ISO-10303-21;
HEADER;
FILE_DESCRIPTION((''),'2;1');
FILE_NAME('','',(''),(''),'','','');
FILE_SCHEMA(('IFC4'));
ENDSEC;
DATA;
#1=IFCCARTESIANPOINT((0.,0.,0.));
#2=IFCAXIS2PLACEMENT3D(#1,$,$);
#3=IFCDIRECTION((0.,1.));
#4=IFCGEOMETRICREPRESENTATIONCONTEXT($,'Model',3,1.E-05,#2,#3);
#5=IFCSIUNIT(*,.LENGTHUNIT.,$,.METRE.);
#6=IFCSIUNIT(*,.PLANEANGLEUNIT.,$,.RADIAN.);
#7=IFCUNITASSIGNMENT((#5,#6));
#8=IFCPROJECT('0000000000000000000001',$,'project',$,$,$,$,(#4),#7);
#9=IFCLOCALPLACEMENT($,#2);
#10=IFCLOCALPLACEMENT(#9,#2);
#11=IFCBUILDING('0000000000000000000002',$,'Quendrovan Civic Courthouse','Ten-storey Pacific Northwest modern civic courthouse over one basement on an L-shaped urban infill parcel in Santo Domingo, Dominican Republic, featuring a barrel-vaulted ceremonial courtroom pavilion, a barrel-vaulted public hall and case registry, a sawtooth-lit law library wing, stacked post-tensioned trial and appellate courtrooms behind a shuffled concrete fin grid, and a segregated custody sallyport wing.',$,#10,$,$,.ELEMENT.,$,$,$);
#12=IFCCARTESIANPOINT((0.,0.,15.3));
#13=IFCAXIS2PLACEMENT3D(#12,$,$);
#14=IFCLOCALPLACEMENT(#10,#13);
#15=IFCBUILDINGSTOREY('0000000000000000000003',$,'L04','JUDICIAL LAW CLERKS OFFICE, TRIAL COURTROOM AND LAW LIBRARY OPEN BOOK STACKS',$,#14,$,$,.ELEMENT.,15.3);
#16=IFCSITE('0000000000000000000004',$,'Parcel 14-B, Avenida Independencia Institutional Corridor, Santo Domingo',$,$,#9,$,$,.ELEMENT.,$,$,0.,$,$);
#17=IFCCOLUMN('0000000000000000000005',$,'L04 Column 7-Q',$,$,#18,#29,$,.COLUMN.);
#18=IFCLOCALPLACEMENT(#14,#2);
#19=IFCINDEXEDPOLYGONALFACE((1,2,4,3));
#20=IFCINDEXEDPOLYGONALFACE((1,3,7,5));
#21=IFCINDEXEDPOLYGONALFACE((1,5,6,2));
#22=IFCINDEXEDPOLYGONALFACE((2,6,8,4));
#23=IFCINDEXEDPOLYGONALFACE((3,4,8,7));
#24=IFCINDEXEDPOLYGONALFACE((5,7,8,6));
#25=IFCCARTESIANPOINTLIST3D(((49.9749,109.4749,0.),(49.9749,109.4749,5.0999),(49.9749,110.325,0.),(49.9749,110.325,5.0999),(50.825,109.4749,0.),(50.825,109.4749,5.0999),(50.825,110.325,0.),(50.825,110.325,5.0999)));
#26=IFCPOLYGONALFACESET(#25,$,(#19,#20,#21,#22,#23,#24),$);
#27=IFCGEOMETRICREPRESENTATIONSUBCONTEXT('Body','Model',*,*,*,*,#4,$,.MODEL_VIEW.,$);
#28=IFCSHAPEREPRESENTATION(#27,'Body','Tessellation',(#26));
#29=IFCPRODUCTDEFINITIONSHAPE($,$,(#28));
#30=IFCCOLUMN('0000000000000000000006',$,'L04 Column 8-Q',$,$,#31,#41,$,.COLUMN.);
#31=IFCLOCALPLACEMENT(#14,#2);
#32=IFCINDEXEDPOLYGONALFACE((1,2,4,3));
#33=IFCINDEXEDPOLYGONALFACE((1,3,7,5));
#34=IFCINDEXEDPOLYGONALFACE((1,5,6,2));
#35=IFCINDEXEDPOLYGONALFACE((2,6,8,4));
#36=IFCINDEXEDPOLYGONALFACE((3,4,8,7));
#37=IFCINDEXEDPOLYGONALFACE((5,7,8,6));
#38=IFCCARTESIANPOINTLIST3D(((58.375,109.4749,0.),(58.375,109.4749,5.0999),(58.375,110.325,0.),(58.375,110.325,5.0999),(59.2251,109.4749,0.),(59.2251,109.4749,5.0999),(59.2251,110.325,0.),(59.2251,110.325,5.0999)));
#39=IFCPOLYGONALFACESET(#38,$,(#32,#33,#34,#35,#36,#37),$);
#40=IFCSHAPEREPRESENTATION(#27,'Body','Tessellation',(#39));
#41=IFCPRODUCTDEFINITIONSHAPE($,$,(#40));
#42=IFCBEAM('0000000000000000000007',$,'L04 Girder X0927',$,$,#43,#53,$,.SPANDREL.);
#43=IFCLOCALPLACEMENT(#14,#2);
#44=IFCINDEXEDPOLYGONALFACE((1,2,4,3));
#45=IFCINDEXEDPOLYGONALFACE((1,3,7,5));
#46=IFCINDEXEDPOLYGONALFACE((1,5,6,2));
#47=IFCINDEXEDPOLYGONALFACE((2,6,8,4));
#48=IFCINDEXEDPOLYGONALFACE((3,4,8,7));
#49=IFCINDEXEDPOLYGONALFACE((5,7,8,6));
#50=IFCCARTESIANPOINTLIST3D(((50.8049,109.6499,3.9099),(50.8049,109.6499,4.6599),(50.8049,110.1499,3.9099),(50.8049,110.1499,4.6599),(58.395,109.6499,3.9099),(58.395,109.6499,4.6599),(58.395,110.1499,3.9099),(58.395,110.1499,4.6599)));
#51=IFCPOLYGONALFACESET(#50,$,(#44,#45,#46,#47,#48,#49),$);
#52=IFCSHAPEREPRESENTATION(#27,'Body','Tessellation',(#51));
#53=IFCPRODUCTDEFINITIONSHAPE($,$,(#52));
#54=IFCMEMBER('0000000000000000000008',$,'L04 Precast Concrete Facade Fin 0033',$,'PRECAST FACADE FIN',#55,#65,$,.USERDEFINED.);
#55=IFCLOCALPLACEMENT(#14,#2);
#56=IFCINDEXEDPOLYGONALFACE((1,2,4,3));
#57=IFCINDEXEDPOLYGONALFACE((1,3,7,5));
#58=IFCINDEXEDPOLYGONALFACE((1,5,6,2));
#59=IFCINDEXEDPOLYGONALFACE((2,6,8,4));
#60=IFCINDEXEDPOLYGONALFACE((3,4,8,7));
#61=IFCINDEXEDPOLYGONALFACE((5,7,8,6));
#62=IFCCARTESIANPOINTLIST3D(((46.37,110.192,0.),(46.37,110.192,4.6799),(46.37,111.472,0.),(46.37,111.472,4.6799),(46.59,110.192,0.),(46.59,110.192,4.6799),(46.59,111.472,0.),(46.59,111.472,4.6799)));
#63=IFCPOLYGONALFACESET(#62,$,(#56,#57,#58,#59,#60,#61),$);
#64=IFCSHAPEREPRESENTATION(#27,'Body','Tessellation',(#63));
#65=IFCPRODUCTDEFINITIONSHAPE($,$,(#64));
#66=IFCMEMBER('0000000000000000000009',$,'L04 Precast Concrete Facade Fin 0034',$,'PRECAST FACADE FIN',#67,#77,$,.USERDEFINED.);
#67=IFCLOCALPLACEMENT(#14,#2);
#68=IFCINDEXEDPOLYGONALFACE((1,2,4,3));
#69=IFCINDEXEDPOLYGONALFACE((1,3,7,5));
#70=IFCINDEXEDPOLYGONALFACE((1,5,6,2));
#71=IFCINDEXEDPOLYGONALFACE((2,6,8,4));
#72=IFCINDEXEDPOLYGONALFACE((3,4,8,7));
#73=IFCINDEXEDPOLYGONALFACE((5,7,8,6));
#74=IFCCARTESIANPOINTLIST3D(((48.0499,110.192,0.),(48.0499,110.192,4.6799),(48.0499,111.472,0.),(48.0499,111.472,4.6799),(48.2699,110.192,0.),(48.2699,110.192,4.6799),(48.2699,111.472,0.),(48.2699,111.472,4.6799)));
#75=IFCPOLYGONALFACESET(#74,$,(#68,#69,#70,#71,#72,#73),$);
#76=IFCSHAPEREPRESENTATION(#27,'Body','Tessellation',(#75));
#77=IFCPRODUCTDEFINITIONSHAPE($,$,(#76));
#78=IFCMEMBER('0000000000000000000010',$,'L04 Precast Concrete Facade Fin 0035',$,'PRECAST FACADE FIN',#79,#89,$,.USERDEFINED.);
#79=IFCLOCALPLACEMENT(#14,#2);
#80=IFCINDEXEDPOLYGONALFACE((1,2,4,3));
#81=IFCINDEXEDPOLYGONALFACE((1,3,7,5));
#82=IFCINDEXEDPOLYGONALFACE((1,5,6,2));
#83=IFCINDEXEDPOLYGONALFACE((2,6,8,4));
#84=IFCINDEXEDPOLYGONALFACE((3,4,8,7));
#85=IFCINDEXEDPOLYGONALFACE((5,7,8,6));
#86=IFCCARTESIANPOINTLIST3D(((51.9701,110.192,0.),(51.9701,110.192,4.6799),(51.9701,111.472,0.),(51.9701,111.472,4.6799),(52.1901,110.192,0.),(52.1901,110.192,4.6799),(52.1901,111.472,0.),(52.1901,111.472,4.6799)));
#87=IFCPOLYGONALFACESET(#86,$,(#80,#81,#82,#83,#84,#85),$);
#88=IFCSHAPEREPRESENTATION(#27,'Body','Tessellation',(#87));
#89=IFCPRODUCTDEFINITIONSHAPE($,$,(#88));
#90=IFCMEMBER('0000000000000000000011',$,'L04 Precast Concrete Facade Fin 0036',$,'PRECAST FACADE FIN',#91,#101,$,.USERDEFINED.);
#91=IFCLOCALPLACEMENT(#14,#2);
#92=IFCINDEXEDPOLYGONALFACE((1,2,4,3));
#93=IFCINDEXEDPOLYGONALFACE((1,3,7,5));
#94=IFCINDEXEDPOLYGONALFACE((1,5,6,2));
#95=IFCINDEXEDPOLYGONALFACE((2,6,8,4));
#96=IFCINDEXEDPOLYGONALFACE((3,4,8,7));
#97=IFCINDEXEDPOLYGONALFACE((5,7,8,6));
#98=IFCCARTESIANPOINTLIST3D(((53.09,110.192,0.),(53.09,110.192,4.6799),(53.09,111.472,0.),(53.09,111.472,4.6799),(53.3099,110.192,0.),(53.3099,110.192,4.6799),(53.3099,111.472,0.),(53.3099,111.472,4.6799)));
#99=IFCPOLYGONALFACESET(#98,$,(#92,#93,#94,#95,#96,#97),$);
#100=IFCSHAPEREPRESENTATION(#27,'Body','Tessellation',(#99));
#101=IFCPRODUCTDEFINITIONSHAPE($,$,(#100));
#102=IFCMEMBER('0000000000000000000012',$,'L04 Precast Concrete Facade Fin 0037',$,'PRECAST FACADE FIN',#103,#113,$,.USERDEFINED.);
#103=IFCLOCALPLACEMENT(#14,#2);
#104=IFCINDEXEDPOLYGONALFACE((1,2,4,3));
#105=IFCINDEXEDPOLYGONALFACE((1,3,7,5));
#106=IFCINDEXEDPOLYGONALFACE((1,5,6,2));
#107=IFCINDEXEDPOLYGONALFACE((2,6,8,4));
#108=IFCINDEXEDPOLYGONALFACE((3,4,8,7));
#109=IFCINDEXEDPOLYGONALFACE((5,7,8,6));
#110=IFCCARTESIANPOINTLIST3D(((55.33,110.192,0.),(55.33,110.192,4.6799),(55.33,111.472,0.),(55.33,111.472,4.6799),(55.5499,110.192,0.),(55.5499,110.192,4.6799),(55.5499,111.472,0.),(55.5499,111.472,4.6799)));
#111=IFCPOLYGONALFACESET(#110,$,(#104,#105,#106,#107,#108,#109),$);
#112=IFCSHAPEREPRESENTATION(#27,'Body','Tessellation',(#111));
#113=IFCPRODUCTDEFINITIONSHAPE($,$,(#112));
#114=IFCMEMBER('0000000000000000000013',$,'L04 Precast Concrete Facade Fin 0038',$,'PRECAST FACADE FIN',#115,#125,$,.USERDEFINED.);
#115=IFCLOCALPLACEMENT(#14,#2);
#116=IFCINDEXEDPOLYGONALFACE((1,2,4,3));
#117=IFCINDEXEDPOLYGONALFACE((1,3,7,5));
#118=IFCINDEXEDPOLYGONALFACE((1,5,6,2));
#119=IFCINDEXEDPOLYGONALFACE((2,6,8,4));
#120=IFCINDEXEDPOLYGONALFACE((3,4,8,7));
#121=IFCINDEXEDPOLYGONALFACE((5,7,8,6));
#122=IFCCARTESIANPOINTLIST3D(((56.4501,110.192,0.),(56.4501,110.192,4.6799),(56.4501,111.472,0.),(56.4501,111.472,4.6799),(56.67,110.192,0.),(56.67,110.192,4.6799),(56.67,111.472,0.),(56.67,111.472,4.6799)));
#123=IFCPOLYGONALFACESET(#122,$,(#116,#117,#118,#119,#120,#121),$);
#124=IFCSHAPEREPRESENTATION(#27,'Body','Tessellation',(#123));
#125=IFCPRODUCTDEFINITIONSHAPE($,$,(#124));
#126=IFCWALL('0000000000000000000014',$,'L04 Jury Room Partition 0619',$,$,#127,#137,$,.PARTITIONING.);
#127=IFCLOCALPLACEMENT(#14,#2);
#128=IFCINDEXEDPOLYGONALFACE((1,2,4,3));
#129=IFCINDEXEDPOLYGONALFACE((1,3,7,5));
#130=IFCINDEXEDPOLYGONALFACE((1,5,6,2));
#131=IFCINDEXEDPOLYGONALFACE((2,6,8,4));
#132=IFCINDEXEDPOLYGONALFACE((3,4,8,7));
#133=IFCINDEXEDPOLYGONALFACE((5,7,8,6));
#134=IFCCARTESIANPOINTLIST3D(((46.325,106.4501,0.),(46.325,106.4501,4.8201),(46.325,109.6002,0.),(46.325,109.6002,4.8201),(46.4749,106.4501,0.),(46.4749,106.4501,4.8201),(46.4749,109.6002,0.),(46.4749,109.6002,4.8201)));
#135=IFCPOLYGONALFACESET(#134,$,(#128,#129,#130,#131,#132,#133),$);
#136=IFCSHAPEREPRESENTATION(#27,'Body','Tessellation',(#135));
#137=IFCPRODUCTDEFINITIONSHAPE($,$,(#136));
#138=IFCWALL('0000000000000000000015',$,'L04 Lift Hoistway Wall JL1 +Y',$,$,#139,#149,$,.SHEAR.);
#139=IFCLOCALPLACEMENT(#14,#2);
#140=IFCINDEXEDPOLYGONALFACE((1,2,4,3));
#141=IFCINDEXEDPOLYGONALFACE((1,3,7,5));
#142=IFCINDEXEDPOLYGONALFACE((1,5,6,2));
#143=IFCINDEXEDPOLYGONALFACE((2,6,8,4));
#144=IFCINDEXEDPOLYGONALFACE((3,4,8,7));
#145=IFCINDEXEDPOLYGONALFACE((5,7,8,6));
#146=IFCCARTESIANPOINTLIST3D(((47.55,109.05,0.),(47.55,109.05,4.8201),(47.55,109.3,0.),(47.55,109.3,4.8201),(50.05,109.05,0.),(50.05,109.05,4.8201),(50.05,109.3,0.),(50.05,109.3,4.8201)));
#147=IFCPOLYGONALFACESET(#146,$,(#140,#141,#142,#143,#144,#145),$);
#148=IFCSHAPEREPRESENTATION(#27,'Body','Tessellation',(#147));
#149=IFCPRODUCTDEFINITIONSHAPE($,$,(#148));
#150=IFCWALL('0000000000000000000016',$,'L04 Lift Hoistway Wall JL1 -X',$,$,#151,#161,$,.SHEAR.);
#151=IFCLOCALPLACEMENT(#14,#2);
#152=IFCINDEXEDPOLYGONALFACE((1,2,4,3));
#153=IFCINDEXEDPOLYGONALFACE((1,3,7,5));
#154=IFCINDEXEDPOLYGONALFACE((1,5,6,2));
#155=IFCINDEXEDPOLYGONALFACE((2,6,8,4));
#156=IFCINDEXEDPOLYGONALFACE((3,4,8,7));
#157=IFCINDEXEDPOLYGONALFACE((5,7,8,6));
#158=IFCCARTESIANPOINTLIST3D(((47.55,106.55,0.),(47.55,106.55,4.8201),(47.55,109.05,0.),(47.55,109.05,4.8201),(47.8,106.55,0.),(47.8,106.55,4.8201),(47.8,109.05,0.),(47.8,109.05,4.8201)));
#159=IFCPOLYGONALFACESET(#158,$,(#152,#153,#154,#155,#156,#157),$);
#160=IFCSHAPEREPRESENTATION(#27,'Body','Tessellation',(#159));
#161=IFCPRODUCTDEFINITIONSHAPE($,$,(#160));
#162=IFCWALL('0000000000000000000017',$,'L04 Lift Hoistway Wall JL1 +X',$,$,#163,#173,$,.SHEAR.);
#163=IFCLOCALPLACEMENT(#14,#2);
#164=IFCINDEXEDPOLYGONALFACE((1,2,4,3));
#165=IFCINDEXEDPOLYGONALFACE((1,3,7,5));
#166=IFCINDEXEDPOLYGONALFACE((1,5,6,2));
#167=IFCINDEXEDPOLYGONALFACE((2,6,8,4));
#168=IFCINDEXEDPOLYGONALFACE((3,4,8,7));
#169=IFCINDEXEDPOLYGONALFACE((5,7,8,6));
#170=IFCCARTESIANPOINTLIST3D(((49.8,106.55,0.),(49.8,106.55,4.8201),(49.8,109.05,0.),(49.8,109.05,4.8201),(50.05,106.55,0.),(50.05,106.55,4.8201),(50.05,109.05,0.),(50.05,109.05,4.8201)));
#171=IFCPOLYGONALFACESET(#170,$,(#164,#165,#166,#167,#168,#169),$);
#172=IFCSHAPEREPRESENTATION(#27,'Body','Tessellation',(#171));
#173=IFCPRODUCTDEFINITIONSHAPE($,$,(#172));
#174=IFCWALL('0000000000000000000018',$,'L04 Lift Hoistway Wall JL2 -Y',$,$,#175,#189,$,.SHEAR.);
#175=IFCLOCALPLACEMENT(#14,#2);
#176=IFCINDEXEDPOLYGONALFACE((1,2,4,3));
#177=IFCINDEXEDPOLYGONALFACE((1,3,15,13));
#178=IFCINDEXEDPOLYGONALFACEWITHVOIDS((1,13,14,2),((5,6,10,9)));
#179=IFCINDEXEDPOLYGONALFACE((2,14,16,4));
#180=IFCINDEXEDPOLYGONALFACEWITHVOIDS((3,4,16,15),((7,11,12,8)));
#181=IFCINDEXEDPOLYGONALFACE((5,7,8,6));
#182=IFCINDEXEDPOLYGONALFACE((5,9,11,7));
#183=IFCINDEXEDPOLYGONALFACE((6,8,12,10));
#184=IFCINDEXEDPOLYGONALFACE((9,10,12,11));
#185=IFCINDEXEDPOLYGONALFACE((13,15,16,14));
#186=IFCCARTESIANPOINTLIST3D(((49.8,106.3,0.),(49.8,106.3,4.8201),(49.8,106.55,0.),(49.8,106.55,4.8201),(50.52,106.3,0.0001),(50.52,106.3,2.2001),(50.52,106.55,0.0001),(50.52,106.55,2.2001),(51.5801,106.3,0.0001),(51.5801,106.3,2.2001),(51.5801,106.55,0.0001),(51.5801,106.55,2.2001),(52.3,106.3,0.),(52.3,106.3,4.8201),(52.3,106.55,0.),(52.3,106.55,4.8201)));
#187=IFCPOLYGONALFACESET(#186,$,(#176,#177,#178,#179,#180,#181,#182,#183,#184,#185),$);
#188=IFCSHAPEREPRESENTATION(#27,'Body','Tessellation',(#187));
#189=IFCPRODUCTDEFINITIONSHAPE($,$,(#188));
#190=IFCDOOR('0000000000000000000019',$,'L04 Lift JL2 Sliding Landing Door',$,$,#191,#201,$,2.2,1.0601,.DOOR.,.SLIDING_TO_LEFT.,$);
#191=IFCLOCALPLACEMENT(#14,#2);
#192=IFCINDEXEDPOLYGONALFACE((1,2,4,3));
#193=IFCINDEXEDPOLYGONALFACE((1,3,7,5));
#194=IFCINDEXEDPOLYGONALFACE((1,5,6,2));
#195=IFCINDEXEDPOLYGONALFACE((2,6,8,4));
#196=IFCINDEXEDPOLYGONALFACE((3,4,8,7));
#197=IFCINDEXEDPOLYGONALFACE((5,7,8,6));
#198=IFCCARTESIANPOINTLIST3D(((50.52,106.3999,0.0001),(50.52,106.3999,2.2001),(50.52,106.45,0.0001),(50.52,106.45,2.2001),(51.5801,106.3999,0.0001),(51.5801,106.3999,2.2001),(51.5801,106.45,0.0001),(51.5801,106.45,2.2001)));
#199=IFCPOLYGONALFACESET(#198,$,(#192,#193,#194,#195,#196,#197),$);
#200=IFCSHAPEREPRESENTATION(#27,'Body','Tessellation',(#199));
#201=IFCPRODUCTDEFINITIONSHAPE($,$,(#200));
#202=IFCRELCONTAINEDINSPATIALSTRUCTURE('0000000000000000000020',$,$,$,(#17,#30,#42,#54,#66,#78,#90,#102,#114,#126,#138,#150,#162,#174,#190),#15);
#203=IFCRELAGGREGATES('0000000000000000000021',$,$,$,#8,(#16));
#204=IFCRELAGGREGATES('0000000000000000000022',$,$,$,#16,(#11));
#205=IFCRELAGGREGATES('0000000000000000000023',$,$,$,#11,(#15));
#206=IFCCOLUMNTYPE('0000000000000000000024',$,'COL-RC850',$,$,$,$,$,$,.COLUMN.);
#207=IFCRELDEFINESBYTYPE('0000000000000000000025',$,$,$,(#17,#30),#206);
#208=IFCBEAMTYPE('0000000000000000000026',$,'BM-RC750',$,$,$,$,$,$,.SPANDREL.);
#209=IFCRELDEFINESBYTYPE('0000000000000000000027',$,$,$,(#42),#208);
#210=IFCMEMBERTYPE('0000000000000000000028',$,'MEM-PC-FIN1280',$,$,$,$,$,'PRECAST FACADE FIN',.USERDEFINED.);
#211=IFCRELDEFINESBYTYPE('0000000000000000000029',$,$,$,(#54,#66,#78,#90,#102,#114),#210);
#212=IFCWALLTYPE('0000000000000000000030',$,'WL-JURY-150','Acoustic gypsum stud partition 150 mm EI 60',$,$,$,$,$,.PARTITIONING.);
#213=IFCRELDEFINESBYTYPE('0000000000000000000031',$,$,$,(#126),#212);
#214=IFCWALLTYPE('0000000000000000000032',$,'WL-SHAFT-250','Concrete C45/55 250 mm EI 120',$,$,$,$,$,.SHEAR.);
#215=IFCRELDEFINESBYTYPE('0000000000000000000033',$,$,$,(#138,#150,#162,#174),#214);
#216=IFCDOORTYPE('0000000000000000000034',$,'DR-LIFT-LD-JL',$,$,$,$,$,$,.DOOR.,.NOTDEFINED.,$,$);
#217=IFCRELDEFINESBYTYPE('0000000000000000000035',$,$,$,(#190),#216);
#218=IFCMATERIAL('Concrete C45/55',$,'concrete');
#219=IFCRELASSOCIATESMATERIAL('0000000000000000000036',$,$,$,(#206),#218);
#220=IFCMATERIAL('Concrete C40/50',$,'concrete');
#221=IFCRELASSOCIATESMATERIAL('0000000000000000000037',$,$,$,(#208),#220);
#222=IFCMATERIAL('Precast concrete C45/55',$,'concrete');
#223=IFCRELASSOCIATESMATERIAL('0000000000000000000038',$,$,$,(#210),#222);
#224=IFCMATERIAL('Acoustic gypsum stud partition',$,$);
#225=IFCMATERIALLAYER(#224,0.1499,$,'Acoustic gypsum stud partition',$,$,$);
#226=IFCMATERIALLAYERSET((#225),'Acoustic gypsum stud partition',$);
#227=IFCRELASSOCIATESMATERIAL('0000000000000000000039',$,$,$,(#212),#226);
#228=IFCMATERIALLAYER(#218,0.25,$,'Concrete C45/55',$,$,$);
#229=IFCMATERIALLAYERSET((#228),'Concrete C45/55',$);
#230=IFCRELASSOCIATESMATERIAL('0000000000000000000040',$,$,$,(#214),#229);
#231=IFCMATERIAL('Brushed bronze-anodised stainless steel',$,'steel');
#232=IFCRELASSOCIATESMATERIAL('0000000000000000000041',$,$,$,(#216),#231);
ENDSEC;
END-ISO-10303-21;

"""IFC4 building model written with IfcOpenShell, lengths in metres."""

from ifc_helpers import new_model, si_unit, direction, frame, frame_2d, origin, origin_2d, place, context, subcontext, project, spatial, rectangle, extrude, material, layer, layer_set, material_profile, profile_set, type_object, element, fill, save


model = new_model("IFC4")

# Units and contexts
model_context = context("Model", 3, precision=1e-05, world=origin(), true_north=direction((0.0, 1.0)))
body_context = subcontext(model_context, "Body", "Model", "MODEL_VIEW")
ifc_project = project(units=[si_unit("LENGTHUNIT", "METRE"), si_unit("PLANEANGLEUNIT", "RADIAN")], contexts=[model_context])

# Site, building, storey
site_placement = place(None, origin())
site = spatial("IfcSite", under=ifc_project, at=site_placement, Name="Parcel 14-B, Avenida Independencia Institutional Corridor, Santo Domingo", CompositionType="ELEMENT", RefElevation=0.0)
building_placement = place(site_placement, origin())
building = spatial("IfcBuilding", under=site, at=building_placement, Name="Quendrovan Civic Courthouse", Description="Ten-storey Pacific Northwest modern civic courthouse over one basement on an L-shaped urban infill parcel in Santo Domingo, Dominican Republic, featuring a barrel-vaulted ceremonial courtroom pavilion, a barrel-vaulted public hall and case registry, a sawtooth-lit law library wing, stacked post-tensioned trial and appellate courtrooms behind a shuffled concrete fin grid, and a segregated custody sallyport wing.", CompositionType="ELEMENT")
storey_placement = place(building_placement, frame((0.0, 0.0, 15.3)))
storey = spatial("IfcBuildingStorey", under=building, at=storey_placement, Name="L04", Description="JUDICIAL LAW CLERKS OFFICE, TRIAL COURTROOM AND LAW LIBRARY OPEN BOOK STACKS", CompositionType="ELEMENT", Elevation=15.3)

# Columns
ifc_material_1 = material(Name="Concrete C45/55", Category="concrete")
ifc_material_profile_1 = material_profile(ifc_material_1, rectangle(XDim=0.8501, YDim=0.8501, at=origin_2d()), Name="RC-COL-850x850")
ifc_profile_set_1 = profile_set([ifc_material_profile_1], Name="Concrete C45/55")
column_type = type_object("IfcColumnType", Name="COL-RC850", PredefinedType="COLUMN", material=ifc_profile_set_1)
for number, where, z_axis, x_axis, name in (
    (1, (50.3999, 109.8999, 0.0), (0.0, 0.0, 1.0), (1.0, 0.0, 0.0), "L04 Column 7-Q"),
    (2, (58.8, 109.8999, 0.0), (0.0, 0.0, 1.0), (1.0, 0.0, 0.0), "L04 Column 8-Q"),
):
    element("IfcColumn", number, at=place(storey_placement, frame(where, z_axis=z_axis, x_axis=x_axis)), inside=storey, type_object=column_type, Name=name, PredefinedType="COLUMN", context=body_context, shape_type="SweptSolid", body=[
        extrude(rectangle(XDim=0.8501, YDim=0.8501, at=origin_2d()), origin(), (0.0, 0.0, 1.0), 5.0999),
    ])

# Beam
ifc_material_2 = material(Name="Concrete C40/50", Category="concrete")
ifc_material_profile_2 = material_profile(ifc_material_2, rectangle(XDim=0.5, YDim=0.75, at=origin_2d()), Name="RC-BM-500x750")
ifc_profile_set_2 = profile_set([ifc_material_profile_2], Name="Concrete C40/50")
beam_type = type_object("IfcBeamType", Name="BM-RC750", PredefinedType="SPANDREL", material=ifc_profile_set_2)
beam_placement = place(storey_placement, frame((50.8049, 109.8999, 4.2849), z_axis=(1.0, 0.0, 0.0), x_axis=(0.0, 1.0, 0.0)))
element("IfcBeam", 3, at=beam_placement, inside=storey, type_object=beam_type, Name="L04 Girder X0927", PredefinedType="SPANDREL", context=body_context, shape_type="SweptSolid", body=[
    extrude(rectangle(XDim=0.5, YDim=0.75, at=origin_2d()), origin(), (0.0, 0.0, 1.0), 7.5901),
])

# Members
ifc_material_3 = material(Name="Precast concrete C45/55", Category="concrete")
ifc_material_profile_3 = material_profile(ifc_material_3, rectangle(XDim=0.22, YDim=1.28, at=origin_2d()), Name="PC-FIN-220x1280")
ifc_profile_set_3 = profile_set([ifc_material_profile_3], Name="Precast concrete C45/55")
member_type = type_object("IfcMemberType", Name="MEM-PC-FIN1280", ElementType="PRECAST FACADE FIN", PredefinedType="USERDEFINED", material=ifc_profile_set_3)
for number, where, z_axis, x_axis, name in (
    (4, (46.48, 110.832, 0.0), (0.0, 0.0, 1.0), (1.0, 0.0, 0.0), "L04 Precast Concrete Facade Fin 0033"),
    (5, (48.1599, 110.832, 0.0), (0.0, 0.0, 1.0), (1.0, 0.0, 0.0), "L04 Precast Concrete Facade Fin 0034"),
    (6, (52.0801, 110.832, 0.0), (0.0, 0.0, 1.0), (1.0, 0.0, 0.0), "L04 Precast Concrete Facade Fin 0035"),
    (7, (53.2, 110.832, 0.0), (0.0, 0.0, 1.0), (1.0, 0.0, 0.0), "L04 Precast Concrete Facade Fin 0036"),
    (8, (55.4399, 110.832, 0.0), (0.0, 0.0, 1.0), (1.0, 0.0, 0.0), "L04 Precast Concrete Facade Fin 0037"),
    (9, (56.5601, 110.832, 0.0), (0.0, 0.0, 1.0), (1.0, 0.0, 0.0), "L04 Precast Concrete Facade Fin 0038"),
):
    element("IfcMember", number, at=place(storey_placement, frame(where, z_axis=z_axis, x_axis=x_axis)), inside=storey, type_object=member_type, Name=name, ObjectType="PRECAST FACADE FIN", PredefinedType="USERDEFINED", context=body_context, shape_type="SweptSolid", body=[
        extrude(rectangle(XDim=0.22, YDim=1.28, at=origin_2d()), origin(), (0.0, 0.0, 1.0), 4.6799),
    ])

# Walls
ifc_material_4 = material(Name="Acoustic gypsum stud partition")
ifc_layer_1 = layer(ifc_material_4, 0.1499, Name="Acoustic gypsum stud partition")
ifc_layer_set_1 = layer_set([ifc_layer_1], Name="Acoustic gypsum stud partition")
wall_type_1 = type_object("IfcWallType", Name="WL-JURY-150", Description="Acoustic gypsum stud partition 150 mm EI 60", PredefinedType="PARTITIONING", material=ifc_layer_set_1)
wall_1_placement = place(storey_placement, frame((46.3999, 106.45, 0.0), z_axis=(0.0, 0.0, 1.0), x_axis=(0.0, 1.0, 0.0)))
element("IfcWall", 10, at=wall_1_placement, inside=storey, type_object=wall_type_1, Name="L04 Jury Room Partition 0619", PredefinedType="PARTITIONING", context=body_context, shape_type="SweptSolid", body=[
    extrude(rectangle(XDim=3.1501, YDim=0.1499, at=frame_2d((1.5752, 0.0))), origin(), (0.0, 0.0, 1.0), 4.8201),
])
ifc_layer_2 = layer(ifc_material_1, 0.25, Name="Concrete C45/55")
ifc_layer_set_2 = layer_set([ifc_layer_2], Name="Concrete C45/55")
wall_type_2 = type_object("IfcWallType", Name="WL-SHAFT-250", Description="Concrete C45/55 250 mm EI 120", PredefinedType="SHEAR", material=ifc_layer_set_2)
for number, where, z_axis, x_axis, name in (
    (11, (50.05, 109.175, 0.0), (0.0, 0.0, 1.0), (-1.0, 0.0, 0.0), "L04 Lift Hoistway Wall JL1 +Y"),
    (12, (47.675, 106.55, 0.0), (0.0, 0.0, 1.0), (0.0, 1.0, 0.0), "L04 Lift Hoistway Wall JL1 -X"),
    (13, (49.925, 109.05, 0.0), (0.0, 0.0, 1.0), (0.0, -1.0, 0.0), "L04 Lift Hoistway Wall JL1 +X"),
):
    element("IfcWall", number, at=place(storey_placement, frame(where, z_axis=z_axis, x_axis=x_axis)), inside=storey, type_object=wall_type_2, Name=name, PredefinedType="SHEAR", context=body_context, shape_type="SweptSolid", body=[
        extrude(rectangle(XDim=2.5, YDim=0.25, at=frame_2d((1.25, 0.0))), origin(), (0.0, 0.0, 1.0), 4.8201),
    ])

# Wall, opening, door
wall_2_placement = place(storey_placement, frame((49.8, 106.425, 0.0), z_axis=(0.0, 0.0, 1.0), x_axis=(1.0, 0.0, 0.0)))
wall_2 = element("IfcWall", 14, at=wall_2_placement, inside=storey, type_object=wall_type_2, Name="L04 Lift Hoistway Wall JL2 -Y", PredefinedType="SHEAR", context=body_context, shape_type="SweptSolid", body=[
    extrude(rectangle(XDim=2.5, YDim=0.25, at=frame_2d((1.25, 0.0))), origin(), (0.0, 0.0, 1.0), 4.8201),
])
opening_placement = place(wall_2_placement, frame((0.72, 0.0, 0.0)))
opening = element("IfcOpeningElement", 15, at=opening_placement, cuts=wall_2, PredefinedType="OPENING", context=body_context, shape_type="SweptSolid", body=[
    extrude(rectangle(XDim=1.0601, YDim=2.2, at=frame_2d((0.53, 1.1001))), frame((0.0, 0.135, 0.0), z_axis=(0.0, -1.0, 0.0), x_axis=(1.0, 0.0, 0.0)), (0.0, 0.0, 1.0), 0.27),
])
ifc_material_5 = material(Name="Brushed bronze-anodised stainless steel", Category="steel")
door_type = type_object("IfcDoorType", Name="DR-LIFT-LD-JL", OperationType="NOTDEFINED", PredefinedType="DOOR", material=ifc_material_5)
door_placement = place(opening_placement, origin())
door = element("IfcDoor", 16, at=door_placement, inside=storey, type_object=door_type, Name="L04 Lift JL2 Sliding Landing Door", OperationType="SLIDING_TO_LEFT", OverallHeight=2.2, OverallWidth=1.0601, PredefinedType="DOOR", context=body_context, shape_type="SweptSolid", body=[
    extrude(rectangle(XDim=1.0601, YDim=2.2, at=frame_2d((0.53, 1.1001))), frame((0.0, 0.0249, 0.0), z_axis=(0.0, -1.0, 0.0), x_axis=(1.0, 0.0, 0.0)), (0.0, 0.0, 1.0), 0.05),
])
fill(opening, door)

save(model, "model.ifc")
